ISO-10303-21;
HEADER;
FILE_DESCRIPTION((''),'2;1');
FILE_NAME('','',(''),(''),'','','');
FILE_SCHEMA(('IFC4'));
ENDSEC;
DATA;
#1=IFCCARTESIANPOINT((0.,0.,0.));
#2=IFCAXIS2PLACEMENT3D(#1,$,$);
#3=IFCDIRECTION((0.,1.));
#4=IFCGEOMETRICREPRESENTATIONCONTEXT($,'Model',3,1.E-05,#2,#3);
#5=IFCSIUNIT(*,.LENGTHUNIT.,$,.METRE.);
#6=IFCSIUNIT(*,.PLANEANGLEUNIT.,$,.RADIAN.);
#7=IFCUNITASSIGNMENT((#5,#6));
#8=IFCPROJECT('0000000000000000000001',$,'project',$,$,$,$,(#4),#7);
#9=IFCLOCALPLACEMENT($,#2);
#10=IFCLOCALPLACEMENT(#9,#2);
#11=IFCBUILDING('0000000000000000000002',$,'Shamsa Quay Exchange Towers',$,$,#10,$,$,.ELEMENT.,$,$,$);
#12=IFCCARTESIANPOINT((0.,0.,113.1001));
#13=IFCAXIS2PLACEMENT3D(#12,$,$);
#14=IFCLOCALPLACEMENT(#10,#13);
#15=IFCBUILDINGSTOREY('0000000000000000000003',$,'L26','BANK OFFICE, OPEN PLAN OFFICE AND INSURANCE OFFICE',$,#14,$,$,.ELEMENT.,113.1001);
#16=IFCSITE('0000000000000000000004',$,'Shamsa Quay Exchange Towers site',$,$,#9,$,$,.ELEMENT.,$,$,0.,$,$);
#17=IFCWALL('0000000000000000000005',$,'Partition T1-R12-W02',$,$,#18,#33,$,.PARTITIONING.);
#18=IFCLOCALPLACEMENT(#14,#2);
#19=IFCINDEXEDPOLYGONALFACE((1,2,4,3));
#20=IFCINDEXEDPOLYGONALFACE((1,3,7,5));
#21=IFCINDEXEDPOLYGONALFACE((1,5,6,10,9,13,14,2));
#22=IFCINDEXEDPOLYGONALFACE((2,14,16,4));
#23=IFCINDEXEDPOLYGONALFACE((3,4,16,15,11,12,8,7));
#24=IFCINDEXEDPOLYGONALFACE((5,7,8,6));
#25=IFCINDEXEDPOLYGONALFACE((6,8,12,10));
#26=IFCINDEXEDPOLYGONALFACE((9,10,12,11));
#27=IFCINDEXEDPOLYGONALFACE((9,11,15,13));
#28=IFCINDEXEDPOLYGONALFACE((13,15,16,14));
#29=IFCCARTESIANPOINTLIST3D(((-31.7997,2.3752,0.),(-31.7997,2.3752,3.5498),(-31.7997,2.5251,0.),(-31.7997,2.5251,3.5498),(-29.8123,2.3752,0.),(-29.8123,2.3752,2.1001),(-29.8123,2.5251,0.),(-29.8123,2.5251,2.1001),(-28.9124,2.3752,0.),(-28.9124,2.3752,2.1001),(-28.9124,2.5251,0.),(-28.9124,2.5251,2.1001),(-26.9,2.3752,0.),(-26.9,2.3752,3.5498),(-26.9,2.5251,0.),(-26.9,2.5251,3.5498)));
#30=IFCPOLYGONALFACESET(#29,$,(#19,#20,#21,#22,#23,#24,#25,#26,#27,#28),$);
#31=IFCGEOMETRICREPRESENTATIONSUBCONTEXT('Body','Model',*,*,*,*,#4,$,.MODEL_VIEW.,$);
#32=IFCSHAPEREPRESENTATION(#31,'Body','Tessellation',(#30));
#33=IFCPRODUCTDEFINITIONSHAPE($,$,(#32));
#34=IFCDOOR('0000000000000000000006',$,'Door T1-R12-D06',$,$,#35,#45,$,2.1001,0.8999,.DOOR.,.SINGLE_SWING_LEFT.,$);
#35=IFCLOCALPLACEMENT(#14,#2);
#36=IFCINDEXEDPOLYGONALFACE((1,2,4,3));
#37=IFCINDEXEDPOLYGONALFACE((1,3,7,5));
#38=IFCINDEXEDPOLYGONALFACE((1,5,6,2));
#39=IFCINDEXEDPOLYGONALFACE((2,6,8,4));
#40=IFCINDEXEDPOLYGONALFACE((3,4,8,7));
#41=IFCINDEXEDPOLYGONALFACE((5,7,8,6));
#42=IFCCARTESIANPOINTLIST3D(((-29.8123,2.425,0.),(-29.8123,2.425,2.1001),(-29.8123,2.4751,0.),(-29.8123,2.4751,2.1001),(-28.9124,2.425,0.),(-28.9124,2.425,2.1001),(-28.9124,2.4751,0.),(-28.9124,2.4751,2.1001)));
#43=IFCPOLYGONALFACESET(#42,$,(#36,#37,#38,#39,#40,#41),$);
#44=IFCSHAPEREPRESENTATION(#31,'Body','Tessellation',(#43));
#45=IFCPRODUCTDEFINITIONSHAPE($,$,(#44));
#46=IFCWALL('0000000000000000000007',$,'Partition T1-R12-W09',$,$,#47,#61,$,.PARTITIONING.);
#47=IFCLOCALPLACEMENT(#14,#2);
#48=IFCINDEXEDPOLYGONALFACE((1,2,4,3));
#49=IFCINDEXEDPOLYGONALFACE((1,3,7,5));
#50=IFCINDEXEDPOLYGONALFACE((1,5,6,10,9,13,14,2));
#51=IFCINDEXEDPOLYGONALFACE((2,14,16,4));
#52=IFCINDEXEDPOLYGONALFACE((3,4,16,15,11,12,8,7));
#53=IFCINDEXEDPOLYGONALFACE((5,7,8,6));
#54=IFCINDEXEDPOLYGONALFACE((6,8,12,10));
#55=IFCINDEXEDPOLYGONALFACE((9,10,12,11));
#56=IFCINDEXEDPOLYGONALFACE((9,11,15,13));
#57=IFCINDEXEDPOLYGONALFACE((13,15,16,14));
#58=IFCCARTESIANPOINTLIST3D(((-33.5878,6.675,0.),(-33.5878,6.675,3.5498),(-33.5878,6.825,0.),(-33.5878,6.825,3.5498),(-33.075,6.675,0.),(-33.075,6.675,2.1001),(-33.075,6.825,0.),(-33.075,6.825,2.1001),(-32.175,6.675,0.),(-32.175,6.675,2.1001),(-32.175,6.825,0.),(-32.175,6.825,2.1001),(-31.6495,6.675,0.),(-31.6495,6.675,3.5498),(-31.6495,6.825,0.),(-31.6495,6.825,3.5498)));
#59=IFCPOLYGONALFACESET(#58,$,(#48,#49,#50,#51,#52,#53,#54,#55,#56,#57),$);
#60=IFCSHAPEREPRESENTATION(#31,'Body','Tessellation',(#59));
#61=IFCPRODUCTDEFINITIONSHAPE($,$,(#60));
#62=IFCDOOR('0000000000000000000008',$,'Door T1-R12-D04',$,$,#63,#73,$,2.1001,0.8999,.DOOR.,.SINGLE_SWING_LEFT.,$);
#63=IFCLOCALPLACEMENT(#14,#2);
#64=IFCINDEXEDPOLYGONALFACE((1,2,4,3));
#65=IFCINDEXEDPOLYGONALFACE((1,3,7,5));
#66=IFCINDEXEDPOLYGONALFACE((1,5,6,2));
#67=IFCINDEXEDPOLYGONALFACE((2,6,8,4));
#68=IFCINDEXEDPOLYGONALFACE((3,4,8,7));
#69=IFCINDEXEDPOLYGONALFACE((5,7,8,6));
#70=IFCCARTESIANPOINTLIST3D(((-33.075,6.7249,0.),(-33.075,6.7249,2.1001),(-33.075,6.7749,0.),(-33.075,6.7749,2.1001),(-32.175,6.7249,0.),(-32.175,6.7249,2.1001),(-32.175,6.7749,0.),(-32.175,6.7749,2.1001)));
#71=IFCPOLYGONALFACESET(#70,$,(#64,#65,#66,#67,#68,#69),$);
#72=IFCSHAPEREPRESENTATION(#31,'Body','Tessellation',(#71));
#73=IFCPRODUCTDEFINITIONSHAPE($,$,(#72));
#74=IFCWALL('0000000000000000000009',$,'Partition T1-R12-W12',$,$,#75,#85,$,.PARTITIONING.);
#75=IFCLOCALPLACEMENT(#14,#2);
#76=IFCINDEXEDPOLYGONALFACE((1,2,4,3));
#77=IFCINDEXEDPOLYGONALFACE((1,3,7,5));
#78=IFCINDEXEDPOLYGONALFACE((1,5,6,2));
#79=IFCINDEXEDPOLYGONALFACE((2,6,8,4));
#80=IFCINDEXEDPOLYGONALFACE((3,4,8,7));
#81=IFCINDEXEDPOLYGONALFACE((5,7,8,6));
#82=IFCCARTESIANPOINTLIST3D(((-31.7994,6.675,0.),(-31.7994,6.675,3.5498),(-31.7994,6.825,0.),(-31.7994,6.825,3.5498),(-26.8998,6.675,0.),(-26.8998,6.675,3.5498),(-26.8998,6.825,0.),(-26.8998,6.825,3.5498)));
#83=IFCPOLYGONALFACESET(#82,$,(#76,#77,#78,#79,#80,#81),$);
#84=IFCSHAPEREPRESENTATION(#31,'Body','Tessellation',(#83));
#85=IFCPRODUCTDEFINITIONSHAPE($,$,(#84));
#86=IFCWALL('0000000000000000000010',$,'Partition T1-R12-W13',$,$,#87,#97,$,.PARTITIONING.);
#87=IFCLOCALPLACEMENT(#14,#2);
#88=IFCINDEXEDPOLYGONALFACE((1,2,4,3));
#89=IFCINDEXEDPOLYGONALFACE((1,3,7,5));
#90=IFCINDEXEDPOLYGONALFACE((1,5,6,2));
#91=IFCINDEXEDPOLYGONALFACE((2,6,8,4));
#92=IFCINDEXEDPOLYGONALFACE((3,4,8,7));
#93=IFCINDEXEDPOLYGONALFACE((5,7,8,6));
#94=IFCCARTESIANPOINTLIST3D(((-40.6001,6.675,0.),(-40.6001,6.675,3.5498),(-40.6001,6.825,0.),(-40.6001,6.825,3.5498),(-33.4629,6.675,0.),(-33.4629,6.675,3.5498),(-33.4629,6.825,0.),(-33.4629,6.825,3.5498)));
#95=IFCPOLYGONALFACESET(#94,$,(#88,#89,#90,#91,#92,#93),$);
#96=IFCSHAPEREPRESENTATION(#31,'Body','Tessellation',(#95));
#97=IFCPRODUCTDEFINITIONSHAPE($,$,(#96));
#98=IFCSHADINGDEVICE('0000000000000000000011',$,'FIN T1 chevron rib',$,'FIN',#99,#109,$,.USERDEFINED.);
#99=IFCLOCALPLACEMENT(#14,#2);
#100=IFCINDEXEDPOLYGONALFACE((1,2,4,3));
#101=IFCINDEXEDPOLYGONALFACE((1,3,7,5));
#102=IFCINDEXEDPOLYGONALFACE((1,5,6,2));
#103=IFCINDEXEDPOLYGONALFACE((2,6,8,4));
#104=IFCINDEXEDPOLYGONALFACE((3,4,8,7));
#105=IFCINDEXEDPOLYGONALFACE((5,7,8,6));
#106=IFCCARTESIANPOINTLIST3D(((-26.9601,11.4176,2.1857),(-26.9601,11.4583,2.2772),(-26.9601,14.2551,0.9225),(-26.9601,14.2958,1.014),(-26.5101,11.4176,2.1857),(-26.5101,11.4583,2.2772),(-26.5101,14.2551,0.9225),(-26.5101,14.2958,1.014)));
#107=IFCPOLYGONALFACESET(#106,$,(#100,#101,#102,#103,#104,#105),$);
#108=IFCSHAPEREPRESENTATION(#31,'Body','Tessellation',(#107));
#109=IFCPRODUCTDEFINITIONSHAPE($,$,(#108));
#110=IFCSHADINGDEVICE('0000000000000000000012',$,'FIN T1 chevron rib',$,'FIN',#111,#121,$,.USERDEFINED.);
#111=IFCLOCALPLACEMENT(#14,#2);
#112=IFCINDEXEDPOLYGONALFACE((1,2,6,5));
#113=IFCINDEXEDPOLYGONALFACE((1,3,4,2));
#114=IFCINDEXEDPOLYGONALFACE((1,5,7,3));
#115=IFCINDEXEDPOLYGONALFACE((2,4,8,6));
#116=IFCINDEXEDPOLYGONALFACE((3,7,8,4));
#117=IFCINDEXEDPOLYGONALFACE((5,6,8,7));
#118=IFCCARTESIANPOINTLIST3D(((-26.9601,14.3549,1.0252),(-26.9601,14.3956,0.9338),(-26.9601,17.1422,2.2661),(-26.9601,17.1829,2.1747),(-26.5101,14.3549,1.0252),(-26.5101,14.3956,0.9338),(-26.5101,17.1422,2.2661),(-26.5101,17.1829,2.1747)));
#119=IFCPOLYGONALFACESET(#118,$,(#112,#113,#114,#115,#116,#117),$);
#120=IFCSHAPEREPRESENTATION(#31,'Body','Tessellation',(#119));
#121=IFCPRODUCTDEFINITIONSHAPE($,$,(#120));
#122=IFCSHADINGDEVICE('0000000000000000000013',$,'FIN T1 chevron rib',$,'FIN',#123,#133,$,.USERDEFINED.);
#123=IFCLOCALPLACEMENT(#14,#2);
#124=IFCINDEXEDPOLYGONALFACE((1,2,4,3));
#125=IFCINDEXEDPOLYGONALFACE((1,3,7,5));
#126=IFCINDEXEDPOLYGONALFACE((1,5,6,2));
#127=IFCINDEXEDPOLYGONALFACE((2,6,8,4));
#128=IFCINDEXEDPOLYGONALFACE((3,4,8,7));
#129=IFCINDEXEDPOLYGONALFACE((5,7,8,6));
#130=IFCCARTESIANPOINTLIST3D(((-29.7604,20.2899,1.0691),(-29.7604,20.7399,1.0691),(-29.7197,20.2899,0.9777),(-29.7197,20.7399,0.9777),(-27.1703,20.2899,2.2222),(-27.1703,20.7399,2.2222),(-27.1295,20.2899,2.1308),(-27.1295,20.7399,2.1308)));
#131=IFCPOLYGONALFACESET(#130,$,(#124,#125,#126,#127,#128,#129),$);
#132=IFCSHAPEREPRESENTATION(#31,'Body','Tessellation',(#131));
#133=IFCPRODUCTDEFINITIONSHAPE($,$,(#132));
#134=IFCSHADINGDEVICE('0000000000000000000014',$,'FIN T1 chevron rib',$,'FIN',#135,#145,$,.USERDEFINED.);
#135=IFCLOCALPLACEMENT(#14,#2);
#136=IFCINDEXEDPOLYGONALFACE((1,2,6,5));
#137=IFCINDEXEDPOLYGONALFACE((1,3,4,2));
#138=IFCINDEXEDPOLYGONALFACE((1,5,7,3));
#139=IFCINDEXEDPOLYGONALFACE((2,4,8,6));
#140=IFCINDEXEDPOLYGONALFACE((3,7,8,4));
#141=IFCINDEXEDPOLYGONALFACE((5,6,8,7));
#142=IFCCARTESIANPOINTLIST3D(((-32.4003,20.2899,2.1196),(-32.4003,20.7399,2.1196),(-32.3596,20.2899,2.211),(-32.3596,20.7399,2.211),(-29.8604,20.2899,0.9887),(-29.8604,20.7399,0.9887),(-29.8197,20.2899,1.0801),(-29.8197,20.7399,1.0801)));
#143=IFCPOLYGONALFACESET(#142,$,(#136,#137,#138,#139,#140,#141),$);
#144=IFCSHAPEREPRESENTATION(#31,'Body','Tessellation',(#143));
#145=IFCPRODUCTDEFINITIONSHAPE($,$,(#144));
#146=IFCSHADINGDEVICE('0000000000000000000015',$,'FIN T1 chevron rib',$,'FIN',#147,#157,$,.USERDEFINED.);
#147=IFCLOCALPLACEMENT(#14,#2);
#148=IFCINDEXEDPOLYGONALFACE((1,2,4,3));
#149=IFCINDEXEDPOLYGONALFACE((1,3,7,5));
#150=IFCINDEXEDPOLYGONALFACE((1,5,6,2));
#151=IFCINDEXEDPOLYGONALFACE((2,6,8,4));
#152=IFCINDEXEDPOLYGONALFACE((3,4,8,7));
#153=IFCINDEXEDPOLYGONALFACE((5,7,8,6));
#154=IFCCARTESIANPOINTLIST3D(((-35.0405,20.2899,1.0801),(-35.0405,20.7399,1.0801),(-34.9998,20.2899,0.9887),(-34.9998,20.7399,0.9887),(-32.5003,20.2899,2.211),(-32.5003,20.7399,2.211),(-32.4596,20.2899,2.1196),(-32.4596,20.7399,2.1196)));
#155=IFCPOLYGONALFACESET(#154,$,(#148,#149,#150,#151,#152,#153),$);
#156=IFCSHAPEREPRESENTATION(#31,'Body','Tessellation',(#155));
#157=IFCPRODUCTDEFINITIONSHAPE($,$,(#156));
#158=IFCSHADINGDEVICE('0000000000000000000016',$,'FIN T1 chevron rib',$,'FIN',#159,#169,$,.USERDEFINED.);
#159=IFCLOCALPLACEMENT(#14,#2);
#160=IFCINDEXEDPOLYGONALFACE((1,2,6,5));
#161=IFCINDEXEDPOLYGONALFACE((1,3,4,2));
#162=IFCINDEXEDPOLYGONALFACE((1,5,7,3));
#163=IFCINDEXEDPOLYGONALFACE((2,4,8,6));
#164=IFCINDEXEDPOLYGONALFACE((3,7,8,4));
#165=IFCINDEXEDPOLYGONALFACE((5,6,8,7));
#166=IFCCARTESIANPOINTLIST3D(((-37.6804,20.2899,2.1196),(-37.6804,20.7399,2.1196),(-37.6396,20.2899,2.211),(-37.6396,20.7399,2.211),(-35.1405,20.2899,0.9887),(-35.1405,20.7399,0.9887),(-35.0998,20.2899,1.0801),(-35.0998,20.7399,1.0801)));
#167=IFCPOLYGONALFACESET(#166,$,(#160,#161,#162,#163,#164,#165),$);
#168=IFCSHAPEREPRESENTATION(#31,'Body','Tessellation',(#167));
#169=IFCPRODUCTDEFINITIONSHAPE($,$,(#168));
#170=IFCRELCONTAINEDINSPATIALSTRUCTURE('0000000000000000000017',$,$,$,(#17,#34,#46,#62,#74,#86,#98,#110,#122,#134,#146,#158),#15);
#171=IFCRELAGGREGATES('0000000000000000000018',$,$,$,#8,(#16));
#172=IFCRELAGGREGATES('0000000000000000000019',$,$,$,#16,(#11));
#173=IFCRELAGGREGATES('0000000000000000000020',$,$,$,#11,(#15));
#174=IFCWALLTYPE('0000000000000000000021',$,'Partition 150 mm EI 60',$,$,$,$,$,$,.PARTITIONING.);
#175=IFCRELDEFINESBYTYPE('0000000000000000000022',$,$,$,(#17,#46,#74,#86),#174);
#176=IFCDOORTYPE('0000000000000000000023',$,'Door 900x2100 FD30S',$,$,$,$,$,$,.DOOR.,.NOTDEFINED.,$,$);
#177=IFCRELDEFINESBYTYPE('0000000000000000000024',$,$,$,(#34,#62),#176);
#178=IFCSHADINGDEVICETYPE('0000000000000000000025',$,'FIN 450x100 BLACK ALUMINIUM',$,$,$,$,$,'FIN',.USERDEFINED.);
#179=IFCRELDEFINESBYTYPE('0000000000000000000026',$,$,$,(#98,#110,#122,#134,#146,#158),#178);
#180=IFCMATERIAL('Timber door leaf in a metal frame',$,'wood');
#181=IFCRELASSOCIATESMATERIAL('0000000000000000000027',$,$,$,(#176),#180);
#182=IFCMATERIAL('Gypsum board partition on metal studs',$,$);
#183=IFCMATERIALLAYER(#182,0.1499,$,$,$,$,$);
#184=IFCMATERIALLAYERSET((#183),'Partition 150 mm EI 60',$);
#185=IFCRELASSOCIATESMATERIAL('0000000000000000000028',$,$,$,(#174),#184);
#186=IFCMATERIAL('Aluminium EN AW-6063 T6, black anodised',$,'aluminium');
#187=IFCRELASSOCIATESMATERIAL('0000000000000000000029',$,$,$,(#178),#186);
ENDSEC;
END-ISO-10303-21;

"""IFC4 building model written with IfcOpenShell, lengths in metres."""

from ifc_helpers import new_model, si_unit, direction, frame, frame_2d, origin, origin_2d, place, context, subcontext, project, spatial, rectangle, extrude, material, layer, layer_set, material_profile, profile_set, type_object, element, fill, save


model = new_model("IFC4")

# Units and contexts
model_context = context("Model", 3, precision=1e-05, world=origin(), true_north=direction((0.0, 1.0)))
body_context = subcontext(model_context, "Body", "Model", "MODEL_VIEW")
ifc_project = project(units=[si_unit("LENGTHUNIT", "METRE"), si_unit("PLANEANGLEUNIT", "RADIAN")], contexts=[model_context])

# Site, building, storey
site_placement = place(None, origin())
site = spatial("IfcSite", under=ifc_project, at=site_placement, Name="Shamsa Quay Exchange Towers site", CompositionType="ELEMENT", RefElevation=0.0)
building_placement = place(site_placement, origin())
building = spatial("IfcBuilding", under=site, at=building_placement, Name="Shamsa Quay Exchange Towers", CompositionType="ELEMENT")
storey_placement = place(building_placement, frame((0.0, 0.0, 113.1001)))
storey = spatial("IfcBuildingStorey", under=building, at=storey_placement, Name="L26", Description="BANK OFFICE, OPEN PLAN OFFICE AND INSURANCE OFFICE", CompositionType="ELEMENT", Elevation=113.1001)

# Shared definitions
ifc_material_1 = material(Name="Aluminium EN AW-6063 T6, black anodised", Category="aluminium")

# Shared definitions
ifc_material_2 = material(Name="Timber door leaf in a metal frame", Category="wood")
door_type = type_object("IfcDoorType", Name="Door 900x2100 FD30S", OperationType="NOTDEFINED", PredefinedType="DOOR", material=ifc_material_2)

# Shared definitions
ifc_material_3 = material(Name="Gypsum board partition on metal studs")
ifc_layer_1 = layer(ifc_material_3, 0.1499)
ifc_layer_set_1 = layer_set([ifc_layer_1], Name="Partition 150 mm EI 60")
wall_type_1 = type_object("IfcWallType", Name="Partition 150 mm EI 60", PredefinedType="PARTITIONING", material=ifc_layer_set_1)

# Walls, openings, doors
wall_1_placement = place(storey_placement, frame((-31.7996, 2.4502, 0.0)))
wall_1 = element("IfcWall", 1, at=wall_1_placement, inside=storey, type_object=wall_type_1, Name="Partition T1-R12-W02", PredefinedType="PARTITIONING", context=body_context, shape_type="SweptSolid", body=[
    extrude(rectangle(XDim=4.8997, YDim=0.1499, at=frame_2d((2.4497, 0.0))), origin(), (0.0, 0.0, 1.0), 3.5498),
])
opening_1_placement = place(wall_1_placement, frame((1.9873, 0.0, 0.0)))
opening_1 = element("IfcOpeningElement", 2, at=opening_1_placement, cuts=wall_1, PredefinedType="OPENING", context=body_context, shape_type="SweptSolid", body=[
    extrude(rectangle(XDim=0.8999, YDim=2.1001, at=frame_2d((0.45, 1.05))), frame((0.0, 0.085, 0.0), z_axis=(0.0, -1.0, 0.0), x_axis=(1.0, 0.0, 0.0)), (0.0, 0.0, 1.0), 0.1699),
])
door_1_placement = place(opening_1_placement, origin())
door_1 = element("IfcDoor", 3, at=door_1_placement, inside=storey, type_object=door_type, Name="Door T1-R12-D06", OperationType="SINGLE_SWING_LEFT", OverallHeight=2.1001, OverallWidth=0.8999, PredefinedType="DOOR", context=body_context, shape_type="SweptSolid", body=[
    extrude(rectangle(XDim=0.8999, YDim=2.1001, at=frame_2d((0.45, 1.05))), frame((0.0, 0.0249, 0.0), z_axis=(0.0, -1.0, 0.0), x_axis=(1.0, 0.0, 0.0)), (0.0, 0.0, 1.0), 0.05),
])
fill(opening_1, door_1)
wall_2_placement = place(storey_placement, frame((-33.5879, 6.75, 0.0)))
wall_2 = element("IfcWall", 4, at=wall_2_placement, inside=storey, type_object=wall_type_1, Name="Partition T1-R12-W09", PredefinedType="PARTITIONING", context=body_context, shape_type="SweptSolid", body=[
    extrude(rectangle(XDim=1.9382, YDim=0.1499, at=frame_2d((0.9692, 0.0))), origin(), (0.0, 0.0, 1.0), 3.5498),
])
opening_2_placement = place(wall_2_placement, frame((0.5129, 0.0, 0.0)))
opening_2 = element("IfcOpeningElement", 5, at=opening_2_placement, cuts=wall_2, PredefinedType="OPENING", context=body_context, shape_type="SweptSolid", body=[
    extrude(rectangle(XDim=0.8999, YDim=2.1001, at=frame_2d((0.45, 1.05))), frame((0.0, 0.085, 0.0), z_axis=(0.0, -1.0, 0.0), x_axis=(1.0, 0.0, 0.0)), (0.0, 0.0, 1.0), 0.1699),
])
door_2_placement = place(opening_2_placement, origin())
door_2 = element("IfcDoor", 6, at=door_2_placement, inside=storey, type_object=door_type, Name="Door T1-R12-D04", OperationType="SINGLE_SWING_LEFT", OverallHeight=2.1001, OverallWidth=0.8999, PredefinedType="DOOR", context=body_context, shape_type="SweptSolid", body=[
    extrude(rectangle(XDim=0.8999, YDim=2.1001, at=frame_2d((0.45, 1.05))), frame((0.0, 0.0249, 0.0), z_axis=(0.0, -1.0, 0.0), x_axis=(1.0, 0.0, 0.0)), (0.0, 0.0, 1.0), 0.05),
])
fill(opening_2, door_2)

# Walls
wall_3_placement = place(storey_placement, frame((-26.8999, 6.75, 0.0), z_axis=(0.0, 0.0, 1.0), x_axis=(-1.0, 0.0, 0.0)))
element("IfcWall", 7, at=wall_3_placement, inside=storey, type_object=wall_type_1, Name="Partition T1-R12-W12", PredefinedType="PARTITIONING", context=body_context, shape_type="SweptSolid", body=[
    extrude(rectangle(XDim=4.8997, YDim=0.1499, at=frame_2d((2.4497, 0.0))), origin(), (0.0, 0.0, 1.0), 3.5498),
])
wall_4_placement = place(storey_placement, frame((-33.4629, 6.75, 0.0), z_axis=(0.0, 0.0, 1.0), x_axis=(-1.0, 0.0, 0.0)))
element("IfcWall", 8, at=wall_4_placement, inside=storey, type_object=wall_type_1, Name="Partition T1-R12-W13", PredefinedType="PARTITIONING", context=body_context, shape_type="SweptSolid", body=[
    extrude(rectangle(XDim=7.1372, YDim=0.1499, at=frame_2d((3.5686, 0.0))), origin(), (0.0, 0.0, 1.0), 3.5498),
])

# Shading devices
ifc_material_profile_1 = material_profile(ifc_material_1, rectangle(XDim=0.45, YDim=0.1001, at=origin_2d()), Name="FIN450x100")
ifc_profile_set_1 = profile_set([ifc_material_profile_1], Name="Aluminium EN AW-6063 T6, black anodised")
shading_device_type = type_object("IfcShadingDeviceType", Name="FIN 450x100 BLACK ALUMINIUM", ElementType="FIN", PredefinedType="USERDEFINED", material=ifc_profile_set_1)
shading_device_1_placement = place(storey_placement, frame((-26.7351, 11.438, 2.2314), z_axis=(0.0, 0.913559, -0.406707), x_axis=(-1.0, 0.0, 0.0)))
element("IfcShadingDevice", 9, at=shading_device_1_placement, inside=storey, type_object=shading_device_type, Name="FIN T1 chevron rib", ObjectType="FIN", PredefinedType="USERDEFINED", context=body_context, shape_type="SweptSolid", body=[
    extrude(rectangle(XDim=0.45, YDim=0.1001, at=origin_2d()), origin(), (0.0, 0.0, 1.0), 3.106),
])
shading_device_2_placement = place(storey_placement, frame((-26.7351, 14.3752, 0.9795), z_axis=(0.0, 0.913551, 0.406725), x_axis=(-1.0, 0.0, 0.0)))
element("IfcShadingDevice", 10, at=shading_device_2_placement, inside=storey, type_object=shading_device_type, Name="FIN T1 chevron rib", ObjectType="FIN", PredefinedType="USERDEFINED", context=body_context, shape_type="SweptSolid", body=[
    extrude(rectangle(XDim=0.45, YDim=0.1001, at=origin_2d()), origin(), (0.0, 0.0, 1.0), 3.051),
])
shading_device_3_placement = place(storey_placement, frame((-27.1499, 20.5149, 2.1765), z_axis=(-0.913559, 0.0, -0.406706), x_axis=(0.0, -1.0, 0.0)))
element("IfcShadingDevice", 11, at=shading_device_3_placement, inside=storey, type_object=shading_device_type, Name="FIN T1 chevron rib", ObjectType="FIN", PredefinedType="USERDEFINED", context=body_context, shape_type="SweptSolid", body=[
    extrude(rectangle(XDim=0.45, YDim=0.1001, at=origin_2d()), origin(), (0.0, 0.0, 1.0), 2.8352),
])
shading_device_4_placement = place(storey_placement, frame((-29.8401, 20.5149, 1.0344), z_axis=(-0.913536, 0.0, 0.406758), x_axis=(0.0, -1.0, 0.0)))
element("IfcShadingDevice", 12, at=shading_device_4_placement, inside=storey, type_object=shading_device_type, Name="FIN T1 chevron rib", ObjectType="FIN", PredefinedType="USERDEFINED", context=body_context, shape_type="SweptSolid", body=[
    extrude(rectangle(XDim=0.45, YDim=0.1001, at=origin_2d()), origin(), (0.0, 0.0, 1.0), 2.7803),
])
shading_device_5_placement = place(storey_placement, frame((-32.48, 20.5149, 2.1653), z_axis=(-0.913551, 0.0, -0.406725), x_axis=(0.0, -1.0, 0.0)))
element("IfcShadingDevice", 13, at=shading_device_5_placement, inside=storey, type_object=shading_device_type, Name="FIN T1 chevron rib", ObjectType="FIN", PredefinedType="USERDEFINED", context=body_context, shape_type="SweptSolid", body=[
    extrude(rectangle(XDim=0.45, YDim=0.1001, at=origin_2d()), origin(), (0.0, 0.0, 1.0), 2.7805),
])
shading_device_6_placement = place(storey_placement, frame((-35.1201, 20.5149, 1.0344), z_axis=(-0.913536, 0.0, 0.406758), x_axis=(0.0, -1.0, 0.0)))
element("IfcShadingDevice", 14, at=shading_device_6_placement, inside=storey, type_object=shading_device_type, Name="FIN T1 chevron rib", ObjectType="FIN", PredefinedType="USERDEFINED", context=body_context, shape_type="SweptSolid", body=[
    extrude(rectangle(XDim=0.45, YDim=0.1001, at=origin_2d()), origin(), (0.0, 0.0, 1.0), 2.7803),
])

save(model, "model.ifc")
